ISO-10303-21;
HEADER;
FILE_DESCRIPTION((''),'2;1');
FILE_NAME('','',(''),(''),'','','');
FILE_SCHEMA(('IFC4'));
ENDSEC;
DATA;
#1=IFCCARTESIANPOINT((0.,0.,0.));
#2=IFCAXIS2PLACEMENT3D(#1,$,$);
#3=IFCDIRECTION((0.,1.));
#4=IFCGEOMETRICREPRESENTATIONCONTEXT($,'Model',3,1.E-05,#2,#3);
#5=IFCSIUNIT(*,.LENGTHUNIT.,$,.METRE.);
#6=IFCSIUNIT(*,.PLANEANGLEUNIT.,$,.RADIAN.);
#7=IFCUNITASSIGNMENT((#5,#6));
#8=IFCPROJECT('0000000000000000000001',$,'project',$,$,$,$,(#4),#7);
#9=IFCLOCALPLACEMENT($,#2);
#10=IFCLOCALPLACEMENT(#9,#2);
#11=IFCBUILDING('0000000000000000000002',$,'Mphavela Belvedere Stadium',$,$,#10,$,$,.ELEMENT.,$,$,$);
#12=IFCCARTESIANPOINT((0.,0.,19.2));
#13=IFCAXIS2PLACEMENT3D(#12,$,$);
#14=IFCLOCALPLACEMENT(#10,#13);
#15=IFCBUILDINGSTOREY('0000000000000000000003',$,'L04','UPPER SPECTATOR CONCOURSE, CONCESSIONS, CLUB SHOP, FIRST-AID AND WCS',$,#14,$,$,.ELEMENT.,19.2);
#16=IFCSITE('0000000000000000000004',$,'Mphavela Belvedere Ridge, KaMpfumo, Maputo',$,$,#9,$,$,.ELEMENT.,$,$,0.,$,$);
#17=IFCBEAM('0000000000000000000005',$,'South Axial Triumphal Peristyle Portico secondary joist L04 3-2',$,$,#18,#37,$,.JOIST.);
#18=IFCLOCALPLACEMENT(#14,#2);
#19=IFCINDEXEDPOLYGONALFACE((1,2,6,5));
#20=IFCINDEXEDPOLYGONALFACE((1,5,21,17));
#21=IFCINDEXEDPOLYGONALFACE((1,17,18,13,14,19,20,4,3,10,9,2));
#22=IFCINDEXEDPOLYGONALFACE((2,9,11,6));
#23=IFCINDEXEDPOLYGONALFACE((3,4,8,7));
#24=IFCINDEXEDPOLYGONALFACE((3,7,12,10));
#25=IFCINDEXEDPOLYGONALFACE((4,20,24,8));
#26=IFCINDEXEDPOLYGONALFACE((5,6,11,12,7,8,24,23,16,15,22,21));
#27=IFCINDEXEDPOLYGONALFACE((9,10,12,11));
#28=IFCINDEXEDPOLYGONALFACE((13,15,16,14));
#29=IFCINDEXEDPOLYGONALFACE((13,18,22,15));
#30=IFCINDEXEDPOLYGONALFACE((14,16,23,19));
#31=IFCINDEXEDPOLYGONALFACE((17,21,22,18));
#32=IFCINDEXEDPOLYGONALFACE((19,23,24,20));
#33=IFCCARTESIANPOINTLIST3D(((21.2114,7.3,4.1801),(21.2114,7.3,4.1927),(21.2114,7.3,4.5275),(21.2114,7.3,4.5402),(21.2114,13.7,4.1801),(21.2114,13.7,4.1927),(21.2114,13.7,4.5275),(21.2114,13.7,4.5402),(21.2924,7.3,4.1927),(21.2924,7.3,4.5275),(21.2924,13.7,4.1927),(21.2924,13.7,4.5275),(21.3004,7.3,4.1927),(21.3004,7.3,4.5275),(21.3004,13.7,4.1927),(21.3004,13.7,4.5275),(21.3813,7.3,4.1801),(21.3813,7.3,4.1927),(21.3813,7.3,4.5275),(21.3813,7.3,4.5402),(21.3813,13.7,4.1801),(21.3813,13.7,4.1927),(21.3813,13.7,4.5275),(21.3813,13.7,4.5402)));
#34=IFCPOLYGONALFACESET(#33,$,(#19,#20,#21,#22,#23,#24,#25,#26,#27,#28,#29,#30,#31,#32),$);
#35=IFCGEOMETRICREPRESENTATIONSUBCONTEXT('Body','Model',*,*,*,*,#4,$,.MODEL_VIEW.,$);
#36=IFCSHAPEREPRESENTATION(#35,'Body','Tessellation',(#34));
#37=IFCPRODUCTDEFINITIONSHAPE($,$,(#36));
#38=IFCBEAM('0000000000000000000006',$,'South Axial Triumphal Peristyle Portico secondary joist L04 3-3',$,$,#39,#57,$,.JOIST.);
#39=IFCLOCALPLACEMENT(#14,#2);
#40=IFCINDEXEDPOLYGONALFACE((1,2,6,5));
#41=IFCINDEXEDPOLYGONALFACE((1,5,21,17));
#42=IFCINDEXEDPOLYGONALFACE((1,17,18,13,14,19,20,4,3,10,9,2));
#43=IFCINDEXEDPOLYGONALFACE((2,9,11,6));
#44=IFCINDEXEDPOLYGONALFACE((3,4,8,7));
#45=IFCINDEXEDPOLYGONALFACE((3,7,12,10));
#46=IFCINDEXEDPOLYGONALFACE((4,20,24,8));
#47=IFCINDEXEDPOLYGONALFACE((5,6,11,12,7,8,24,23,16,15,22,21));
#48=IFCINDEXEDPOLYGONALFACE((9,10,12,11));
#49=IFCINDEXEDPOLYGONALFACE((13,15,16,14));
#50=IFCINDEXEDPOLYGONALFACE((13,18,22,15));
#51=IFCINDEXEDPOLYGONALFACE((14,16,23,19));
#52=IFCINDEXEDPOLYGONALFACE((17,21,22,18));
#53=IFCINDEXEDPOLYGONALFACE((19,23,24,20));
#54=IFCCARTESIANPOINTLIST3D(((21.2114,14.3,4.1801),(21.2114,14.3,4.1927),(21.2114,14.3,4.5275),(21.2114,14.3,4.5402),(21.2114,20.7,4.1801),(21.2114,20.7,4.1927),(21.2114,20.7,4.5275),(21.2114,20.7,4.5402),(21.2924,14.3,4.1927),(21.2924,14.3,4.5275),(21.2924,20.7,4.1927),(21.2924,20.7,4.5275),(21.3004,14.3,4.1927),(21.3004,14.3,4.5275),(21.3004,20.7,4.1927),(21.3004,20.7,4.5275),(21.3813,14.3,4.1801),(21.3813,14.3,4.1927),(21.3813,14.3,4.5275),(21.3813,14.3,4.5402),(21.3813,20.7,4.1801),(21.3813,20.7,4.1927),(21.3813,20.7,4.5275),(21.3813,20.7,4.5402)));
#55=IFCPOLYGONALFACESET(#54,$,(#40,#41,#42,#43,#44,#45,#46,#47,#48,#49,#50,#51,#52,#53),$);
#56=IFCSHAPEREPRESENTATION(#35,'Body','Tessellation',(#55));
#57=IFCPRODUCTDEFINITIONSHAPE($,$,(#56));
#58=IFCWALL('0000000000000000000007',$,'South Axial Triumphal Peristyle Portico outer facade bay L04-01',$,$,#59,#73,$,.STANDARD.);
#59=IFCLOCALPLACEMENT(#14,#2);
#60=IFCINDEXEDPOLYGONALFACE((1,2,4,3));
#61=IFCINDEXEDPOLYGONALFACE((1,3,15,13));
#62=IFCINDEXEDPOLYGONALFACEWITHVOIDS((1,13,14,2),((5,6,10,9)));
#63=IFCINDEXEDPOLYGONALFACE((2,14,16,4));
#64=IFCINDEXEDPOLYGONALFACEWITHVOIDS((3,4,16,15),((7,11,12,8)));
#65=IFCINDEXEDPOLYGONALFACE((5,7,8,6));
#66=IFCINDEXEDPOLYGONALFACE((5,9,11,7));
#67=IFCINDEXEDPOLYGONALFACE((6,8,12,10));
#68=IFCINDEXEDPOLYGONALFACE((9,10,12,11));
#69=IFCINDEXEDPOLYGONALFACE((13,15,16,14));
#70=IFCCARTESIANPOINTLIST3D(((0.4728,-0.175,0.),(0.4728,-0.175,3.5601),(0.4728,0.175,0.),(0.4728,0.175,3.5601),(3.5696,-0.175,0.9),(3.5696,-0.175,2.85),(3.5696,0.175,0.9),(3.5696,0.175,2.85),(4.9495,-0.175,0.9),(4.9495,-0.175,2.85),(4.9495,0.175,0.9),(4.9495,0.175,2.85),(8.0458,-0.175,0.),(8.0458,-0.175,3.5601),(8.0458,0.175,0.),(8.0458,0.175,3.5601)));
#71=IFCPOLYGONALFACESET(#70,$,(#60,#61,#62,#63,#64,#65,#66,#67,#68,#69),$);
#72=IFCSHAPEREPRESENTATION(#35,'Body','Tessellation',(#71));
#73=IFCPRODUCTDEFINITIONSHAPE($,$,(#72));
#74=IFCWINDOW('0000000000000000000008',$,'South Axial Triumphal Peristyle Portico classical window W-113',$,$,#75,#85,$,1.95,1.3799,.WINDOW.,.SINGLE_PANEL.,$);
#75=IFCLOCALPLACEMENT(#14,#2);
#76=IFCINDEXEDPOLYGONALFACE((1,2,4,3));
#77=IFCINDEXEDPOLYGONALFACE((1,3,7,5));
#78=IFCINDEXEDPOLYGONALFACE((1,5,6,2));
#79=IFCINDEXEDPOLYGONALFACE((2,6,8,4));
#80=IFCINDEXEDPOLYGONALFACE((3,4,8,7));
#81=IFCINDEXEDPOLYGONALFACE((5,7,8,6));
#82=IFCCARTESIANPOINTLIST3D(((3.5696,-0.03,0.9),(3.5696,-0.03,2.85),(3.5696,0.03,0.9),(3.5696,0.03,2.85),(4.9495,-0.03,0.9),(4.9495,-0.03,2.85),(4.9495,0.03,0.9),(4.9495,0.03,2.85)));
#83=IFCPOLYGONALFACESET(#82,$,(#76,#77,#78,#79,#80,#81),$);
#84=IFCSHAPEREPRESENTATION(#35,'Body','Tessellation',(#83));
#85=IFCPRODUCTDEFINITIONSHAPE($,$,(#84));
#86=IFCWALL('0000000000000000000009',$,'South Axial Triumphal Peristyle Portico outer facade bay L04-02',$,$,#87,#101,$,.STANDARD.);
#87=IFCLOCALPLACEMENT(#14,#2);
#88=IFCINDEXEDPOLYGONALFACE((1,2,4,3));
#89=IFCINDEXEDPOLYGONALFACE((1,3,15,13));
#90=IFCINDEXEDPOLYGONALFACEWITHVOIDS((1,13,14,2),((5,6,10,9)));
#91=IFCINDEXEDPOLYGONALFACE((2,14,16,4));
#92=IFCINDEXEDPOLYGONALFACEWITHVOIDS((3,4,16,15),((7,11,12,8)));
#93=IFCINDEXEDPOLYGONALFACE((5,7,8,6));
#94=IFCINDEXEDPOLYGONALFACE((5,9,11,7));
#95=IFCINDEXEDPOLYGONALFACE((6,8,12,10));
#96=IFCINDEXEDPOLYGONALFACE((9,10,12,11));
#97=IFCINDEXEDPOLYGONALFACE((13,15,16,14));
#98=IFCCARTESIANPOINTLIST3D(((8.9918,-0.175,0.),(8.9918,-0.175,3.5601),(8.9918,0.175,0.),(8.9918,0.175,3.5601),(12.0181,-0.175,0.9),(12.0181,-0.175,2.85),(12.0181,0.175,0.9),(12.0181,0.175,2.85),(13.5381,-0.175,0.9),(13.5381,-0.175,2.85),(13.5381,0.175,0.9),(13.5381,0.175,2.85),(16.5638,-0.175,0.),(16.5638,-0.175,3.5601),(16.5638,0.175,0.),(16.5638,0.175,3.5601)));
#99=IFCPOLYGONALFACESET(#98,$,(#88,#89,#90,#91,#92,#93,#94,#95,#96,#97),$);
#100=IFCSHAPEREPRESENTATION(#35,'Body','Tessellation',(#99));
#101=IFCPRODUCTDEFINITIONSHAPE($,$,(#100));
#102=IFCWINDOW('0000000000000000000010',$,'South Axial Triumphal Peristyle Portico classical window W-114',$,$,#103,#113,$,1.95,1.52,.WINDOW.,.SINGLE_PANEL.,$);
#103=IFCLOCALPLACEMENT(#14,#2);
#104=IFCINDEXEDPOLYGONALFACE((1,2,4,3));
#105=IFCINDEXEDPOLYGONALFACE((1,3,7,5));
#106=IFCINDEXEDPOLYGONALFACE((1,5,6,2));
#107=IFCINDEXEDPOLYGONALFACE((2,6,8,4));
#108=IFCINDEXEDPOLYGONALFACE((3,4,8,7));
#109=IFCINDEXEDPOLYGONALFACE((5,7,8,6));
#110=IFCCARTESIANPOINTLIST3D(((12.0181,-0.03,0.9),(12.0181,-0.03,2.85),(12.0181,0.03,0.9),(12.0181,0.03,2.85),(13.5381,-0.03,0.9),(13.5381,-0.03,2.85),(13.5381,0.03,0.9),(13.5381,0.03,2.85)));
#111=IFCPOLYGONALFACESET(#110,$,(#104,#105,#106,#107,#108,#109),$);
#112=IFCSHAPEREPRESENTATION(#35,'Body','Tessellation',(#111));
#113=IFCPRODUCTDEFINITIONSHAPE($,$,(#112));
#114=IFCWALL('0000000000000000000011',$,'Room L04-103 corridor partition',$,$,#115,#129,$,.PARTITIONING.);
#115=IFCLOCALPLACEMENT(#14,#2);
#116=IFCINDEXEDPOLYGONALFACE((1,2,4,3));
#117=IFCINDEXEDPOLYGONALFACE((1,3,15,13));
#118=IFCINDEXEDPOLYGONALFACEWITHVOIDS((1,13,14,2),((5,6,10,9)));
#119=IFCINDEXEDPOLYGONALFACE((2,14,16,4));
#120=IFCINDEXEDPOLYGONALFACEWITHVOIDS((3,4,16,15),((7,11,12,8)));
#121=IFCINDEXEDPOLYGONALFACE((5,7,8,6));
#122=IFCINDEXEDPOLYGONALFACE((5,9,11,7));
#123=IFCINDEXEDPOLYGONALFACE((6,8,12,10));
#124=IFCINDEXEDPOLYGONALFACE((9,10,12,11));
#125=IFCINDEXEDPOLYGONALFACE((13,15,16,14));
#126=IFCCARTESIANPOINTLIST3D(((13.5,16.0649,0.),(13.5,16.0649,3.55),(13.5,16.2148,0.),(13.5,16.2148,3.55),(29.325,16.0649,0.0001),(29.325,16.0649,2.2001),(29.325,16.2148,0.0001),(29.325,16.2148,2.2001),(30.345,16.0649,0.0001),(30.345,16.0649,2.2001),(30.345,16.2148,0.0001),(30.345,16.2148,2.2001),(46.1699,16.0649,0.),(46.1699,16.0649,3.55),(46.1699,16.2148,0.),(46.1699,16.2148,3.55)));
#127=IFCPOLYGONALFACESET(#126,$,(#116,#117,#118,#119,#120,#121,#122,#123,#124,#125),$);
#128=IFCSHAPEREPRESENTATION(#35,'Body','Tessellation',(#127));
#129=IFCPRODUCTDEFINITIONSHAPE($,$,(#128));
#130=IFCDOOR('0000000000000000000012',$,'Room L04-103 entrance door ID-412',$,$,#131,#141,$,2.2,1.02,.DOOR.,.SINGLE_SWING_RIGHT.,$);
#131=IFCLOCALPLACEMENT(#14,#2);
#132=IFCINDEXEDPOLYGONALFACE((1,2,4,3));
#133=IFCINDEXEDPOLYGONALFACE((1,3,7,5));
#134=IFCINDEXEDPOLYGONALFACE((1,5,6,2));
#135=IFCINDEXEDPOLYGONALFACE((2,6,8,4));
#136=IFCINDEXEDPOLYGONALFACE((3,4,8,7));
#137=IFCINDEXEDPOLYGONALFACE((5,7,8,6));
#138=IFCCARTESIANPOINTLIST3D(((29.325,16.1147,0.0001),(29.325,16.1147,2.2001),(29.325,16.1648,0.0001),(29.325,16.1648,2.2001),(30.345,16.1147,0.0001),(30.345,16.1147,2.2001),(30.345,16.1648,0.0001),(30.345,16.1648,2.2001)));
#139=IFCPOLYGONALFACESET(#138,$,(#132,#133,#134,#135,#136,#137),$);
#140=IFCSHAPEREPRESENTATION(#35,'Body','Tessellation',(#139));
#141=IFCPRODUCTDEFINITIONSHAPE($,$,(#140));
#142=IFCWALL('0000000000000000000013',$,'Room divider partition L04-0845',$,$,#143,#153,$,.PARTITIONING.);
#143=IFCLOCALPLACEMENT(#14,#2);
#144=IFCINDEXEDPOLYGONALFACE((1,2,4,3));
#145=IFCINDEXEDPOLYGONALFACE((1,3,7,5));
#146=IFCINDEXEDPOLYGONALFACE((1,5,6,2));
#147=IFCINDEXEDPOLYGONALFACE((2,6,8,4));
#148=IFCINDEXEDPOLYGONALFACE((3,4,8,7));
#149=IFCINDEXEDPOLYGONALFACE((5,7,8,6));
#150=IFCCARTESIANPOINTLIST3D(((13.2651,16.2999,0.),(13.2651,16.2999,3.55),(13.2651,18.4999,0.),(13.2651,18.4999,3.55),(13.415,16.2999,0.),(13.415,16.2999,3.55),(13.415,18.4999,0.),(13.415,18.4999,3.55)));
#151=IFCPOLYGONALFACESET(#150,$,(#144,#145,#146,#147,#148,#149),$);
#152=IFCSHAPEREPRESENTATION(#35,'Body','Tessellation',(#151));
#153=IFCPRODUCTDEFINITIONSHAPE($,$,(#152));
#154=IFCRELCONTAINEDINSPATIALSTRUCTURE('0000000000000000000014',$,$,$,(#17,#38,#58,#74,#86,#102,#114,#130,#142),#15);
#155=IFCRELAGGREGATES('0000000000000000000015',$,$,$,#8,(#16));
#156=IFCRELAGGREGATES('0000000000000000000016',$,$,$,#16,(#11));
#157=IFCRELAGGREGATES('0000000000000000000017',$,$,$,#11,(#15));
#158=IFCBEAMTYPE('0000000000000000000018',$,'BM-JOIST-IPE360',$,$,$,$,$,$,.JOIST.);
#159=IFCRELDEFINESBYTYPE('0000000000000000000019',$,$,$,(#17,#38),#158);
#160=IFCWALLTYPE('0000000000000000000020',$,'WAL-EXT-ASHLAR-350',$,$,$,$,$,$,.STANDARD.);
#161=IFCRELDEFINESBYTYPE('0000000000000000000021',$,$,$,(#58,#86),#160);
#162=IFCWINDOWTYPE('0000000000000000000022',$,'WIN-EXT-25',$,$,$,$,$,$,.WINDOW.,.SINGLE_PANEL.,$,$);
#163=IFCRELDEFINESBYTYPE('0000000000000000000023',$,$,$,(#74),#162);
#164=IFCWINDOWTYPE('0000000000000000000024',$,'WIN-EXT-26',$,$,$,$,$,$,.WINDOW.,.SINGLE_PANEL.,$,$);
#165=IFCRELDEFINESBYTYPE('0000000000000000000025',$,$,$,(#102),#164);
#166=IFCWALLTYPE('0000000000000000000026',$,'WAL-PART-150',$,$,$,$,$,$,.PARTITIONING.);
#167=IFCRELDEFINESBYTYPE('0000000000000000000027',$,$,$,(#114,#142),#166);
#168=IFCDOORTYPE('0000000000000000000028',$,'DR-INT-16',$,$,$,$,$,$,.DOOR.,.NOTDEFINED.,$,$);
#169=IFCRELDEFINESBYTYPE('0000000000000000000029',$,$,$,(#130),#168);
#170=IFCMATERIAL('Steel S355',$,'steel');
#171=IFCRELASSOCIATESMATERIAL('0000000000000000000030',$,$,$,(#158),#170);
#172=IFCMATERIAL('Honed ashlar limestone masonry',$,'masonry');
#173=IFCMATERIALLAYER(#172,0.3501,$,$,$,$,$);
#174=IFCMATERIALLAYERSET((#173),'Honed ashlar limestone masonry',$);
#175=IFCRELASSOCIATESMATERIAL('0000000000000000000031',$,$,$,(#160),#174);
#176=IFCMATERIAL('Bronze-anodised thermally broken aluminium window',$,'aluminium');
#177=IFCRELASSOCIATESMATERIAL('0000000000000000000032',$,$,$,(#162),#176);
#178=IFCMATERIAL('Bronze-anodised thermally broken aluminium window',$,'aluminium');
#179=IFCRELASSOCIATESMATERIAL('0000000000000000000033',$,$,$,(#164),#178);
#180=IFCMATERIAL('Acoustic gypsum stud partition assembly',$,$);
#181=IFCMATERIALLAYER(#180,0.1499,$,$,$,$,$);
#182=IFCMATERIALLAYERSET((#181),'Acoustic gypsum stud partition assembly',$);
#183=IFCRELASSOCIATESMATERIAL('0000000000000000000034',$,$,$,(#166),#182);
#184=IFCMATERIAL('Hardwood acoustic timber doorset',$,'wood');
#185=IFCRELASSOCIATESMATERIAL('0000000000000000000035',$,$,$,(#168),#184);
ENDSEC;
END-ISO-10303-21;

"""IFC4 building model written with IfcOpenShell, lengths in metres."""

from ifc_helpers import new_model, si_unit, direction, frame, frame_2d, origin, origin_2d, place, context, subcontext, project, spatial, rectangle, i_section, extrude, material, layer, layer_set, material_profile, profile_set, type_object, element, fill, save


model = new_model("IFC4")

# Units and contexts
model_context = context("Model", 3, precision=1e-05, world=origin(), true_north=direction((0.0, 1.0)))
body_context = subcontext(model_context, "Body", "Model", "MODEL_VIEW")
ifc_project = project(units=[si_unit("LENGTHUNIT", "METRE"), si_unit("PLANEANGLEUNIT", "RADIAN")], contexts=[model_context])

# Site, building, storey
site_placement = place(None, origin())
site = spatial("IfcSite", under=ifc_project, at=site_placement, Name="Mphavela Belvedere Ridge, KaMpfumo, Maputo", CompositionType="ELEMENT", RefElevation=0.0)
building_placement = place(site_placement, origin())
building = spatial("IfcBuilding", under=site, at=building_placement, Name="Mphavela Belvedere Stadium", CompositionType="ELEMENT")
storey_placement = place(building_placement, frame((0.0, 0.0, 19.2)))
storey = spatial("IfcBuildingStorey", under=building, at=storey_placement, Name="L04", Description="UPPER SPECTATOR CONCOURSE, CONCESSIONS, CLUB SHOP, FIRST-AID AND WCS", CompositionType="ELEMENT", Elevation=19.2)

# Beams
ifc_material_1 = material(Name="Steel S355", Category="steel")
ifc_material_profile_1 = material_profile(ifc_material_1, i_section(OverallWidth=0.1699, OverallDepth=0.3601, WebThickness=0.0081, FlangeThickness=0.0127, at=origin_2d()), Name="IPE 360")
ifc_profile_set_1 = profile_set([ifc_material_profile_1], Name="Steel S355")
beam_type_1 = type_object("IfcBeamType", Name="BM-JOIST-IPE360", PredefinedType="JOIST", material=ifc_profile_set_1)
for number, where, z_axis, x_axis, name in (
    (1, (21.2964, 7.3, 4.3601), (0.0, 1.0, 0.0), (-1.0, 0.0, 0.0), "South Axial Triumphal Peristyle Portico secondary joist L04 3-2"),
    (2, (21.2964, 14.3, 4.3601), (0.0, 1.0, 0.0), (-1.0, 0.0, 0.0), "South Axial Triumphal Peristyle Portico secondary joist L04 3-3"),
):
    element("IfcBeam", number, at=place(storey_placement, frame(where, z_axis=z_axis, x_axis=x_axis)), inside=storey, type_object=beam_type_1, Name=name, PredefinedType="JOIST", context=body_context, shape_type="SweptSolid", body=[
        extrude(i_section(OverallWidth=0.1699, OverallDepth=0.3601, WebThickness=0.0081, FlangeThickness=0.0127, at=origin_2d()), origin(), (0.0, 0.0, 1.0), 6.3999),
    ])

# Walls, openings, windows
ifc_material_2 = material(Name="Honed ashlar limestone masonry", Category="masonry")
ifc_layer_1 = layer(ifc_material_2, 0.3501)
ifc_layer_set_1 = layer_set([ifc_layer_1], Name="Honed ashlar limestone masonry")
wall_type_1 = type_object("IfcWallType", Name="WAL-EXT-ASHLAR-350", PredefinedType="STANDARD", material=ifc_layer_set_1)
wall_1_placement = place(storey_placement, frame((8.0459, 0.0, 0.0), z_axis=(0.0, 0.0, 1.0), x_axis=(-1.0, 0.0, 0.0)))
wall_1 = element("IfcWall", 3, at=wall_1_placement, inside=storey, type_object=wall_type_1, Name="South Axial Triumphal Peristyle Portico outer facade bay L04-01", PredefinedType="STANDARD", context=body_context, shape_type="SweptSolid", body=[
    extrude(rectangle(XDim=7.573, YDim=0.3501, at=frame_2d((3.7866, 0.0))), origin(), (0.0, 0.0, 1.0), 3.5601),
])
opening_1_placement = place(wall_1_placement, frame((3.0964, 0.0, 0.8999)))
opening_1 = element("IfcOpeningElement", 4, at=opening_1_placement, cuts=wall_1, PredefinedType="OPENING", context=body_context, shape_type="SweptSolid", body=[
    extrude(rectangle(XDim=1.3799, YDim=1.95, at=frame_2d((0.6899, 0.9751))), frame((0.0, 0.1851, 0.0), z_axis=(0.0, -1.0, 0.0), x_axis=(1.0, 0.0, 0.0)), (0.0, 0.0, 1.0), 0.3701),
])
ifc_material_3 = material(Name="Bronze-anodised thermally broken aluminium window", Category="aluminium")
window_type_1 = type_object("IfcWindowType", Name="WIN-EXT-25", PartitioningType="SINGLE_PANEL", PredefinedType="WINDOW", material=ifc_material_3)
window_1_placement = place(opening_1_placement, origin())
window_1 = element("IfcWindow", 5, at=window_1_placement, inside=storey, type_object=window_type_1, Name="South Axial Triumphal Peristyle Portico classical window W-113", OverallHeight=1.95, OverallWidth=1.3799, PartitioningType="SINGLE_PANEL", PredefinedType="WINDOW", context=body_context, shape_type="SweptSolid", body=[
    extrude(rectangle(XDim=1.3799, YDim=1.95, at=frame_2d((0.6899, 0.9751))), frame((0.0, 0.03, 0.0), z_axis=(0.0, -1.0, 0.0), x_axis=(1.0, 0.0, 0.0)), (0.0, 0.0, 1.0), 0.0601),
])
fill(opening_1, window_1)
wall_2_placement = place(storey_placement, frame((16.564, 0.0, 0.0), z_axis=(0.0, 0.0, 1.0), x_axis=(-1.0, 0.0, 0.0)))
wall_2 = element("IfcWall", 6, at=wall_2_placement, inside=storey, type_object=wall_type_1, Name="South Axial Triumphal Peristyle Portico outer facade bay L04-02", PredefinedType="STANDARD", context=body_context, shape_type="SweptSolid", body=[
    extrude(rectangle(XDim=7.572, YDim=0.3501, at=frame_2d((3.7861, 0.0))), origin(), (0.0, 0.0, 1.0), 3.5601),
])
opening_2_placement = place(wall_2_placement, frame((3.0259, 0.0, 0.8999)))
opening_2 = element("IfcOpeningElement", 7, at=opening_2_placement, cuts=wall_2, PredefinedType="OPENING", context=body_context, shape_type="SweptSolid", body=[
    extrude(rectangle(XDim=1.52, YDim=1.95, at=frame_2d((0.76, 0.9751))), frame((0.0, 0.1851, 0.0), z_axis=(0.0, -1.0, 0.0), x_axis=(1.0, 0.0, 0.0)), (0.0, 0.0, 1.0), 0.3701),
])
ifc_material_4 = material(Name="Bronze-anodised thermally broken aluminium window", Category="aluminium")
window_type_2 = type_object("IfcWindowType", Name="WIN-EXT-26", PartitioningType="SINGLE_PANEL", PredefinedType="WINDOW", material=ifc_material_4)
window_2_placement = place(opening_2_placement, origin())
window_2 = element("IfcWindow", 8, at=window_2_placement, inside=storey, type_object=window_type_2, Name="South Axial Triumphal Peristyle Portico classical window W-114", OverallHeight=1.95, OverallWidth=1.52, PartitioningType="SINGLE_PANEL", PredefinedType="WINDOW", context=body_context, shape_type="SweptSolid", body=[
    extrude(rectangle(XDim=1.52, YDim=1.95, at=frame_2d((0.76, 0.9751))), frame((0.0, 0.03, 0.0), z_axis=(0.0, -1.0, 0.0), x_axis=(1.0, 0.0, 0.0)), (0.0, 0.0, 1.0), 0.0601),
])
fill(opening_2, window_2)

# Wall, opening, door
ifc_material_5 = material(Name="Acoustic gypsum stud partition assembly")
ifc_layer_2 = layer(ifc_material_5, 0.1499)
ifc_layer_set_2 = layer_set([ifc_layer_2], Name="Acoustic gypsum stud partition assembly")
wall_type_2 = type_object("IfcWallType", Name="WAL-PART-150", PredefinedType="PARTITIONING", material=ifc_layer_set_2)
wall_3_placement = place(storey_placement, frame((13.5, 16.1399, 0.0), z_axis=(0.0, 0.0, 1.0), x_axis=(1.0, 0.0, 0.0)))
wall_3 = element("IfcWall", 9, at=wall_3_placement, inside=storey, type_object=wall_type_2, Name="Room L04-103 corridor partition", PredefinedType="PARTITIONING", context=body_context, shape_type="SweptSolid", body=[
    extrude(rectangle(XDim=32.6699, YDim=0.1499, at=frame_2d((16.335, 0.0))), origin(), (0.0, 0.0, 1.0), 3.55),
])
opening_3_placement = place(wall_3_placement, frame((15.825, 0.0, 0.0)))
opening_3 = element("IfcOpeningElement", 10, at=opening_3_placement, cuts=wall_3, PredefinedType="OPENING", context=body_context, shape_type="SweptSolid", body=[
    extrude(rectangle(XDim=1.02, YDim=2.2, at=frame_2d((0.51, 1.1001))), frame((0.0, 0.085, 0.0), z_axis=(0.0, -1.0, 0.0), x_axis=(1.0, 0.0, 0.0)), (0.0, 0.0, 1.0), 0.1699),
])
ifc_material_6 = material(Name="Hardwood acoustic timber doorset", Category="wood")
door_type = type_object("IfcDoorType", Name="DR-INT-16", OperationType="NOTDEFINED", PredefinedType="DOOR", material=ifc_material_6)
door_placement = place(opening_3_placement, origin())
door = element("IfcDoor", 11, at=door_placement, inside=storey, type_object=door_type, Name="Room L04-103 entrance door ID-412", OperationType="SINGLE_SWING_RIGHT", OverallHeight=2.2, OverallWidth=1.02, PredefinedType="DOOR", context=body_context, shape_type="SweptSolid", body=[
    extrude(rectangle(XDim=1.02, YDim=2.2, at=frame_2d((0.51, 1.1001))), frame((0.0, 0.0249, 0.0), z_axis=(0.0, -1.0, 0.0), x_axis=(1.0, 0.0, 0.0)), (0.0, 0.0, 1.0), 0.05),
])
fill(opening_3, door)

# Wall
wall_4_placement = place(storey_placement, frame((13.3401, 18.5, 0.0), z_axis=(0.0, 0.0, 1.0), x_axis=(0.0, -1.0, 0.0)))
element("IfcWall", 12, at=wall_4_placement, inside=storey, type_object=wall_type_2, Name="Room divider partition L04-0845", PredefinedType="PARTITIONING", context=body_context, shape_type="SweptSolid", body=[
    extrude(rectangle(XDim=2.2, YDim=0.1499, at=frame_2d((1.1001, 0.0))), origin(), (0.0, 0.0, 1.0), 3.55),
])

save(model, "model.ifc")
